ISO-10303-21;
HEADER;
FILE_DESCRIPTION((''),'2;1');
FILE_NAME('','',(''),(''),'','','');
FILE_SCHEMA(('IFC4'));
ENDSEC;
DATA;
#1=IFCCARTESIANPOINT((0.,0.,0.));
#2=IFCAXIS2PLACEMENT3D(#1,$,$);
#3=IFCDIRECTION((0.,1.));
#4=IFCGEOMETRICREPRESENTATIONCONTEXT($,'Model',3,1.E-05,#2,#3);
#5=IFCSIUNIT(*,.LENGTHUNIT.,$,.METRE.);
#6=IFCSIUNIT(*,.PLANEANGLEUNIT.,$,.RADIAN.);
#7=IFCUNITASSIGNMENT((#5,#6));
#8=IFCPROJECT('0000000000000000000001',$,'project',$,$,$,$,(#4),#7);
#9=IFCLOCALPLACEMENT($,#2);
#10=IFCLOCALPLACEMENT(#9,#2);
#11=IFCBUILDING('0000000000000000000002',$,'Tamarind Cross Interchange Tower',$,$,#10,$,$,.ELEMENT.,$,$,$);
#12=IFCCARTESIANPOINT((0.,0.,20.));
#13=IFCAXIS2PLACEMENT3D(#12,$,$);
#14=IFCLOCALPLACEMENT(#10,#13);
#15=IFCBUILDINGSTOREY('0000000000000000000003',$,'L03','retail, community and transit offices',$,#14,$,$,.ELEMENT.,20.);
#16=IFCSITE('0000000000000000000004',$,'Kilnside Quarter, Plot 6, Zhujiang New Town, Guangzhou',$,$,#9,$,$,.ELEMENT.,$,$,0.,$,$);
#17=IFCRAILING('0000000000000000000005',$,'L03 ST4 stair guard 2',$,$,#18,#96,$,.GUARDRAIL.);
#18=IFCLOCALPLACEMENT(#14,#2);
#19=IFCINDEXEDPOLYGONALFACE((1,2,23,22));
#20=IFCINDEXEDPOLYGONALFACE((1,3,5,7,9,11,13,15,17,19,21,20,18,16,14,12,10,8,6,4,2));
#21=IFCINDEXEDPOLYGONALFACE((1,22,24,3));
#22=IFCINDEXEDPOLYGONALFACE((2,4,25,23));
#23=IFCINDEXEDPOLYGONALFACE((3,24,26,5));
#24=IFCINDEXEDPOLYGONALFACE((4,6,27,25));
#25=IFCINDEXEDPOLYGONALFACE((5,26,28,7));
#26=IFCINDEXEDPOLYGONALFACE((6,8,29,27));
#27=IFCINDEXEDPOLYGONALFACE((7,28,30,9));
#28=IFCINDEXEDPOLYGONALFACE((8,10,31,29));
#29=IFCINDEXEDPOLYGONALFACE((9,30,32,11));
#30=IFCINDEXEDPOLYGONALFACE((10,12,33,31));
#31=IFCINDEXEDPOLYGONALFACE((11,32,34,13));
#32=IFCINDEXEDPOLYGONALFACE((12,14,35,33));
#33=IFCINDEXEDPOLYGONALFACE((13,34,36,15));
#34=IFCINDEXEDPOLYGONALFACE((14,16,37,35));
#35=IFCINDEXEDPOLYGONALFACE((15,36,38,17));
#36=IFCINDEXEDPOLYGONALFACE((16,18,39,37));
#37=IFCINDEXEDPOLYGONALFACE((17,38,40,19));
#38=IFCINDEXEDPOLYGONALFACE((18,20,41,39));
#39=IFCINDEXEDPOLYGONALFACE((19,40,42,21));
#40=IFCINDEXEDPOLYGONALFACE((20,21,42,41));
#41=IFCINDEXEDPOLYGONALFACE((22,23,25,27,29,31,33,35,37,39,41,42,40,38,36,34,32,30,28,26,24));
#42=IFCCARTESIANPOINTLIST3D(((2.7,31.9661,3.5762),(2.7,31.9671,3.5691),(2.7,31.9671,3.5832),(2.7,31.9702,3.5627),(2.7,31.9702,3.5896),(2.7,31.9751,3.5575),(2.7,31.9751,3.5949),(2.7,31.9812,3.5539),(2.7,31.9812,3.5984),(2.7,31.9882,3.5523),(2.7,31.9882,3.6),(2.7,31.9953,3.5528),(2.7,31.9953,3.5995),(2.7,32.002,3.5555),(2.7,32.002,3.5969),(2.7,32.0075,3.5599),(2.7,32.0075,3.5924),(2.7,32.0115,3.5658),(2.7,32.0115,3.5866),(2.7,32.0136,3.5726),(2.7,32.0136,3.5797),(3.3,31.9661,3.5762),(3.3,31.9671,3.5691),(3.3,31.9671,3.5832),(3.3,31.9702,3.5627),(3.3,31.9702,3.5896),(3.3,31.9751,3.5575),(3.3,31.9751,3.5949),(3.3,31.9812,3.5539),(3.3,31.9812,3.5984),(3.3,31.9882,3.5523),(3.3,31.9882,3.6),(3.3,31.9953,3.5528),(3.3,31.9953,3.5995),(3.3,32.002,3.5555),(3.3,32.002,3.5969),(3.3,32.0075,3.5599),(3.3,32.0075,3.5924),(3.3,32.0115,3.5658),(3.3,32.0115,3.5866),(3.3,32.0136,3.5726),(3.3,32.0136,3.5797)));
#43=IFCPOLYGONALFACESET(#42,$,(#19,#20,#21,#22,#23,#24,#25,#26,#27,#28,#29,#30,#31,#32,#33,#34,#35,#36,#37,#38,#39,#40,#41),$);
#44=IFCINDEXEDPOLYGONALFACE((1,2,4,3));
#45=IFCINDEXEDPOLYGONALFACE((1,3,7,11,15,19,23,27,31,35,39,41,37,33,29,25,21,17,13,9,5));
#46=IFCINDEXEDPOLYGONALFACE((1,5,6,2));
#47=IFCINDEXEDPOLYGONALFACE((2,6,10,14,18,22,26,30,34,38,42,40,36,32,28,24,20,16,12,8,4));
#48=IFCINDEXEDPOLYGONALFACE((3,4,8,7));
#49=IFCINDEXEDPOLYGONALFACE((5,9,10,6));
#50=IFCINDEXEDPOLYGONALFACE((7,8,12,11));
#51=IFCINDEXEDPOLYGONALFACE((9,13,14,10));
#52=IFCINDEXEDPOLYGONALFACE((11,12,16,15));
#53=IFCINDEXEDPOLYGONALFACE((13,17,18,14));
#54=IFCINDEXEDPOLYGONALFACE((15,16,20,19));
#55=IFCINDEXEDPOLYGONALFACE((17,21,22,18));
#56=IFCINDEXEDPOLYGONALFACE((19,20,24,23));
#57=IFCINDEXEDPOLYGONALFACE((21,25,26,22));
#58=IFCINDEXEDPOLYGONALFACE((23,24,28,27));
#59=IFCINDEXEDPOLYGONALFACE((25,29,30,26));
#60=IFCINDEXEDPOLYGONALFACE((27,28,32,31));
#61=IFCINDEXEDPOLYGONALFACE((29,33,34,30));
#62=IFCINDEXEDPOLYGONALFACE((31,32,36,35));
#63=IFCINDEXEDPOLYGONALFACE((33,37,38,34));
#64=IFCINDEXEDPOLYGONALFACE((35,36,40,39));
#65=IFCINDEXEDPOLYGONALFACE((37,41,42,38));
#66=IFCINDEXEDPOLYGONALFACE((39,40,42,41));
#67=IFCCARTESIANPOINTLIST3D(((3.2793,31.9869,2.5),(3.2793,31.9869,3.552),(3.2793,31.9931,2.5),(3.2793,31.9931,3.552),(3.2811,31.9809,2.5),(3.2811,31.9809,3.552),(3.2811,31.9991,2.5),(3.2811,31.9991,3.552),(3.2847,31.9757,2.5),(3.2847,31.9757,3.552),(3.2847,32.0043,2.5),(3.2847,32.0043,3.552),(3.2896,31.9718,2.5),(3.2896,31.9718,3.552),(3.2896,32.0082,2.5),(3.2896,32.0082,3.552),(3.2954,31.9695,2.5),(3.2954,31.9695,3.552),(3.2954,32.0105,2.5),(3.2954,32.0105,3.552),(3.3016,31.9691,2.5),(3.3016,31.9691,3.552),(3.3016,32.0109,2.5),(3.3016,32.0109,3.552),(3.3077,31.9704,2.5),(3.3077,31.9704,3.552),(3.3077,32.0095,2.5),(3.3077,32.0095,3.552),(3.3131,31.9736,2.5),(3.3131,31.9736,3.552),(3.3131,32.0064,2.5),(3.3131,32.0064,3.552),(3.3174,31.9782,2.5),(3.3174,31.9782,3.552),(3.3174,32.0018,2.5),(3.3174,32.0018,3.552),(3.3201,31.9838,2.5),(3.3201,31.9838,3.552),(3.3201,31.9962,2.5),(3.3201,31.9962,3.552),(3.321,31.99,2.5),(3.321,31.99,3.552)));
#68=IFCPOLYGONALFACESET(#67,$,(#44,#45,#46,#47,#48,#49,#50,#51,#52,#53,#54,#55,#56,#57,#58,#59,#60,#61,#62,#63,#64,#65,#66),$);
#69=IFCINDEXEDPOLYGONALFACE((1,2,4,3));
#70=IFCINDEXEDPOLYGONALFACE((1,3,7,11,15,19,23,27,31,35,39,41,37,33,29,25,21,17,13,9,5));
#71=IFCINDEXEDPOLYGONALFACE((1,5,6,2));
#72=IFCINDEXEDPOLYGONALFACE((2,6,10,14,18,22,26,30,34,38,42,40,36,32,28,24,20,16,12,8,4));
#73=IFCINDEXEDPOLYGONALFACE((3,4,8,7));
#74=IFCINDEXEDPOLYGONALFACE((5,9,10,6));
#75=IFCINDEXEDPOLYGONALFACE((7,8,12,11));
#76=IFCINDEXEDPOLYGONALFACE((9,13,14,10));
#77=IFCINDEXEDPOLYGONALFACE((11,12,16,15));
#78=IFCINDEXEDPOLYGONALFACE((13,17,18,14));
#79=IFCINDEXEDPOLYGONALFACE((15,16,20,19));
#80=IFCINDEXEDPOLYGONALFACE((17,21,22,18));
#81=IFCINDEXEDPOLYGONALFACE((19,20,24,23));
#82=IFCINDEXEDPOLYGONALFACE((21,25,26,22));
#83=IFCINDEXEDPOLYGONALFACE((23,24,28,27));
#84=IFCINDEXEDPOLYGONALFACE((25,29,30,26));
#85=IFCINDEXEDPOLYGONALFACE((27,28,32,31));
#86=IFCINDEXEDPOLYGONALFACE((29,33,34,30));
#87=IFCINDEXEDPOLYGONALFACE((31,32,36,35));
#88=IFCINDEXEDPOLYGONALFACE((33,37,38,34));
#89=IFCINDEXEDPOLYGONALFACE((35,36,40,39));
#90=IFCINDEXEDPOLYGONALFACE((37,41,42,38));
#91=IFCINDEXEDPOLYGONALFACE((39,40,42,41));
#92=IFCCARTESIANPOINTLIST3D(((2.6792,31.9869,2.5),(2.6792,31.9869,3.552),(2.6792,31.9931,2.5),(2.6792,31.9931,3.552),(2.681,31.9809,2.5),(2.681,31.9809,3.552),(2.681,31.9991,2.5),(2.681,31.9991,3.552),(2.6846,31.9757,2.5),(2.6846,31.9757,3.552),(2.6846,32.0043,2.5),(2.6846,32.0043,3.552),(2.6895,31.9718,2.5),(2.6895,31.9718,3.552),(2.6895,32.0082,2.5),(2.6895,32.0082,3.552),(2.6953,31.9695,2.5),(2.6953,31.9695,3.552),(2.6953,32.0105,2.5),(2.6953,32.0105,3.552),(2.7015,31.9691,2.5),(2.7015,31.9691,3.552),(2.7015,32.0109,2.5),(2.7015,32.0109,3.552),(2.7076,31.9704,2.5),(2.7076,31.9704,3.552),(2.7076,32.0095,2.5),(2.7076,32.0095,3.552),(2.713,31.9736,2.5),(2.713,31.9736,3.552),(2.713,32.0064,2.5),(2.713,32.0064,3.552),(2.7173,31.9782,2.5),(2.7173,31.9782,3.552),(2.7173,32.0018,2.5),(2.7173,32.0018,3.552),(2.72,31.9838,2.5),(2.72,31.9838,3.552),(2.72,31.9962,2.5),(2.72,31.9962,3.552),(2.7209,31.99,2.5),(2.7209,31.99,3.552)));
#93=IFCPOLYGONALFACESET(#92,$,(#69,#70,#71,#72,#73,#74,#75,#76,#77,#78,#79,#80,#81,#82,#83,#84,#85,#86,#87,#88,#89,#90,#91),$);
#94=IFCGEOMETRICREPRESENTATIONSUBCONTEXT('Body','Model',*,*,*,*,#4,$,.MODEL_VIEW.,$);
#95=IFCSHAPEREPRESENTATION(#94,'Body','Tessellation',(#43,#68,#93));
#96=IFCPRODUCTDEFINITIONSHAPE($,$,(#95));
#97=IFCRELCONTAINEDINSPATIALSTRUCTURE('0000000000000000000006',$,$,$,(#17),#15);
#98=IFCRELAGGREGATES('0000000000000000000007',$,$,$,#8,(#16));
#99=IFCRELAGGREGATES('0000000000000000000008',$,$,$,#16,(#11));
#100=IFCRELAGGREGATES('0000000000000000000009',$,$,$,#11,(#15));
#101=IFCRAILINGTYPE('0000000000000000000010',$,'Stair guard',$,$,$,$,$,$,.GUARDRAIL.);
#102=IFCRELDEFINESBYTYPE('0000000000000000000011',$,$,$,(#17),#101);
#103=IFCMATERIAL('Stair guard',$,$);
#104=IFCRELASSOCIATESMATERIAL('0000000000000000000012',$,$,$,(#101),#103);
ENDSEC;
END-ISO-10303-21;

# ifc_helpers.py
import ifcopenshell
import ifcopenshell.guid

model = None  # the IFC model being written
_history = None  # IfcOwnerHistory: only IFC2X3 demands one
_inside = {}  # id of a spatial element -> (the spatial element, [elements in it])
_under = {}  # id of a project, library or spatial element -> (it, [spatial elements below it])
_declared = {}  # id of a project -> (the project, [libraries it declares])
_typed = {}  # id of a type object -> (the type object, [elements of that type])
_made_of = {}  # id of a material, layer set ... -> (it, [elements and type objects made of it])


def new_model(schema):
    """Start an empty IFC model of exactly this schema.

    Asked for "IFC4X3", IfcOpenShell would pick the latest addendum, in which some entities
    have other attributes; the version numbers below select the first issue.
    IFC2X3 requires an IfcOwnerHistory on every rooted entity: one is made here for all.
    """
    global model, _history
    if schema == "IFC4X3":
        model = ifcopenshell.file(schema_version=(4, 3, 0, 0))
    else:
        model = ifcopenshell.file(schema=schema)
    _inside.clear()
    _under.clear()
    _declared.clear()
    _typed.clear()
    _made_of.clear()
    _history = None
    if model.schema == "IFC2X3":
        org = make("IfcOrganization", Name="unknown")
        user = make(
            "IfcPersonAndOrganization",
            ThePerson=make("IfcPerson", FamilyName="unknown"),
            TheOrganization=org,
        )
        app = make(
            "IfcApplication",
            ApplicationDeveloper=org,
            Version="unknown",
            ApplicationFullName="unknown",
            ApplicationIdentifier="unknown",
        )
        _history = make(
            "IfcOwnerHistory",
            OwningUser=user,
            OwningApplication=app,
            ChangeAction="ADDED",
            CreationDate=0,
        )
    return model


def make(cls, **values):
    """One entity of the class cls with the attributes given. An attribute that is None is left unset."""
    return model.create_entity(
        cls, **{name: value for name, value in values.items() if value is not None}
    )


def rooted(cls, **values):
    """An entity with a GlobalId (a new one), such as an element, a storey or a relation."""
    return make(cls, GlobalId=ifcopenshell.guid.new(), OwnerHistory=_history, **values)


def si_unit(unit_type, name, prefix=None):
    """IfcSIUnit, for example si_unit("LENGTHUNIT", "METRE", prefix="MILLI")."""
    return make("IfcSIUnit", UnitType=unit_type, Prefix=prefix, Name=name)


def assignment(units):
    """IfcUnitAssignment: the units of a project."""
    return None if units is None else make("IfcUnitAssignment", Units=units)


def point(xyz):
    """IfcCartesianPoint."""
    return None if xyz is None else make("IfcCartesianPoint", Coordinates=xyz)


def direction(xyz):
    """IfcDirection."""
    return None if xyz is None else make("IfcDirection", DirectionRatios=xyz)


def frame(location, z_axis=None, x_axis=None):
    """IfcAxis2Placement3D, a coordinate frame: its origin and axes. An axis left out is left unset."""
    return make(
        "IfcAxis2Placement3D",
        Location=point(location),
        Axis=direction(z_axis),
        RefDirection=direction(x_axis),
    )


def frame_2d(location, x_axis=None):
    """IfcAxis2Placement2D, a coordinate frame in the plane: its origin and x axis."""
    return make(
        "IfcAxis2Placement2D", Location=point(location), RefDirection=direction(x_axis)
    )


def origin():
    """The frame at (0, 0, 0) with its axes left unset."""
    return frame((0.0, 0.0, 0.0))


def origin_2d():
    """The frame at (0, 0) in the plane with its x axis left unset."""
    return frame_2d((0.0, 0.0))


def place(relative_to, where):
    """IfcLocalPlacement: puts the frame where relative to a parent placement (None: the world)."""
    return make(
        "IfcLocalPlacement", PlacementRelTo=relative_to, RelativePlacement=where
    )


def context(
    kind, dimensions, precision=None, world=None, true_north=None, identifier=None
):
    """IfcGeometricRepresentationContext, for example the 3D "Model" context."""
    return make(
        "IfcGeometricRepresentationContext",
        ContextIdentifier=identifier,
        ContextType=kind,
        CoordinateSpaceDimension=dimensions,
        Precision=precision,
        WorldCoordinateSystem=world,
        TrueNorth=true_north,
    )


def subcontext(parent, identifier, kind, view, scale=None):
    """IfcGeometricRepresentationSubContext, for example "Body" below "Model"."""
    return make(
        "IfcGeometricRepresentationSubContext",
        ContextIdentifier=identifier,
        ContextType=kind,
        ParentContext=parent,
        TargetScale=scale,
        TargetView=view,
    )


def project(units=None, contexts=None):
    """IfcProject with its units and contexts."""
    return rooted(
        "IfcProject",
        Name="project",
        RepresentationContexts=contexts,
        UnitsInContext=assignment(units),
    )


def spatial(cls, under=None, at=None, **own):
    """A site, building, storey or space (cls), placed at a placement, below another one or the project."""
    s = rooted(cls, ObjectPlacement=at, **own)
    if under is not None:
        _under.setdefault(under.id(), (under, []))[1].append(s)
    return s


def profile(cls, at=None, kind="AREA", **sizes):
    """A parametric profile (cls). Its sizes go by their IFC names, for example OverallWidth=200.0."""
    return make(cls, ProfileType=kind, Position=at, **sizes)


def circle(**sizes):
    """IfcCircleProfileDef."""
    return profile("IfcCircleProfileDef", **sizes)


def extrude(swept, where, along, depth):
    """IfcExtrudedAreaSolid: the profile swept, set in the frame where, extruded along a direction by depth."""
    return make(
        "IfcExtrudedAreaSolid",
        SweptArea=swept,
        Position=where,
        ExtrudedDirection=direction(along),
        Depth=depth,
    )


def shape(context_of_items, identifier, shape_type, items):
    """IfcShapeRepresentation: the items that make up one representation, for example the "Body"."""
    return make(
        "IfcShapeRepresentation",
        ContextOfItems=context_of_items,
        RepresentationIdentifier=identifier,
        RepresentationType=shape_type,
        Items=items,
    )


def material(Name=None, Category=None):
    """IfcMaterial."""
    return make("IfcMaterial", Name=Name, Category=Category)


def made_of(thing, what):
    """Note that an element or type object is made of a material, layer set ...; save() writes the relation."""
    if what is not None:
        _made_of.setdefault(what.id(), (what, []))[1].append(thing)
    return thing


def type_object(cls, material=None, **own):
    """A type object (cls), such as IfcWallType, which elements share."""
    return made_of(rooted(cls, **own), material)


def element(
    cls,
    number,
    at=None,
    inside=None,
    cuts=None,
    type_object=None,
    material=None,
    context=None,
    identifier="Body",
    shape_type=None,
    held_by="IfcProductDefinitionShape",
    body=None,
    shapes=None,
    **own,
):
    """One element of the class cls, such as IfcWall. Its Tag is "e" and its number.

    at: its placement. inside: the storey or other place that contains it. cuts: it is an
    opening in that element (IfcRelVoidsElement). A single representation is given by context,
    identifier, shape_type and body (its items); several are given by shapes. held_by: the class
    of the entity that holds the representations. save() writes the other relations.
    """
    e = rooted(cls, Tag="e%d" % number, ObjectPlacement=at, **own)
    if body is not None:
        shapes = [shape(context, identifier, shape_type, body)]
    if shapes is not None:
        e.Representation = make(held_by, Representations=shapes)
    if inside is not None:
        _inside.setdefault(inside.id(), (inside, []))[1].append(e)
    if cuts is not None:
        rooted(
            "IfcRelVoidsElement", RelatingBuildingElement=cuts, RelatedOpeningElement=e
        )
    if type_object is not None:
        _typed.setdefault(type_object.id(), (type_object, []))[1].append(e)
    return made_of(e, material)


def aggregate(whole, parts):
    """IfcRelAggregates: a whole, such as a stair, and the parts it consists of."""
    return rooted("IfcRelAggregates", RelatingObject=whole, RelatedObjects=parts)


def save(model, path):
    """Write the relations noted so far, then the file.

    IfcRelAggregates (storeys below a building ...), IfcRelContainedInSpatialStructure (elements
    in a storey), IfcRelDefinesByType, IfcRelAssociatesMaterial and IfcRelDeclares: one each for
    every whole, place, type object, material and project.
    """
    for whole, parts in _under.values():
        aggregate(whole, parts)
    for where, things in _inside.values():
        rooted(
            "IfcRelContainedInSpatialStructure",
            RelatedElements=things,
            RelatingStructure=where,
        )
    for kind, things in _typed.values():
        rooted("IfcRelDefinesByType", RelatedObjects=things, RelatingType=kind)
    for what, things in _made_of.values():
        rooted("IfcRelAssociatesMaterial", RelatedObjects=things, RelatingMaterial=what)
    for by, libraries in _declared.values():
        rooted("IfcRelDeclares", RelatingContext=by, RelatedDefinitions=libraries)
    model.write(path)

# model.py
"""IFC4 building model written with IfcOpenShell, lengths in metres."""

from ifc_helpers import new_model, si_unit, direction, frame, origin, origin_2d, place, context, subcontext, project, spatial, circle, extrude, material, type_object, element, save


model = new_model("IFC4")

# Units and contexts
model_context = context("Model", 3, precision=1e-05, world=origin(), true_north=direction((0.0, 1.0)))
body_context = subcontext(model_context, "Body", "Model", "MODEL_VIEW")
ifc_project = project(units=[si_unit("LENGTHUNIT", "METRE"), si_unit("PLANEANGLEUNIT", "RADIAN")], contexts=[model_context])

# Site, building, storey
site_placement = place(None, origin())
site = spatial("IfcSite", under=ifc_project, at=site_placement, Name="Kilnside Quarter, Plot 6, Zhujiang New Town, Guangzhou", CompositionType="ELEMENT", RefElevation=0.0)
building_placement = place(site_placement, origin())
building = spatial("IfcBuilding", under=site, at=building_placement, Name="Tamarind Cross Interchange Tower", CompositionType="ELEMENT")
storey_placement = place(building_placement, frame((0.0, 0.0, 20.0)))
storey = spatial("IfcBuildingStorey", under=building, at=storey_placement, Name="L03", Description="retail, community and transit offices", CompositionType="ELEMENT", Elevation=20.0)

# Railing
ifc_material_1 = material(Name="Stair guard")
railing_type_1 = type_object("IfcRailingType", Name="Stair guard", PredefinedType="GUARDRAIL", material=ifc_material_1)
railing_1_placement = place(storey_placement, frame((3.3, 31.99, 2.5)))
element("IfcRailing", 1, at=railing_1_placement, inside=storey, type_object=railing_type_1, Name="L03 ST4 stair guard 2", PredefinedType="GUARDRAIL", context=body_context, shape_type="SweptSolid", body=[
    extrude(circle(Radius=0.0239, at=origin_2d()), frame((0.0, 0.0, 1.0762), z_axis=(-1.0, 0.0, 0.0), x_axis=(0.0, -1.0, 0.0)), (0.0, 0.0, 1.0), 0.6001),
    extrude(circle(Radius=0.021, at=origin_2d()), origin(), (0.0, 0.0, 1.0), 1.052),
    extrude(circle(Radius=0.021, at=origin_2d()), frame((-0.6001, 0.0, 0.0)), (0.0, 0.0, 1.0), 1.052),
])

save(model, "model.ifc")
